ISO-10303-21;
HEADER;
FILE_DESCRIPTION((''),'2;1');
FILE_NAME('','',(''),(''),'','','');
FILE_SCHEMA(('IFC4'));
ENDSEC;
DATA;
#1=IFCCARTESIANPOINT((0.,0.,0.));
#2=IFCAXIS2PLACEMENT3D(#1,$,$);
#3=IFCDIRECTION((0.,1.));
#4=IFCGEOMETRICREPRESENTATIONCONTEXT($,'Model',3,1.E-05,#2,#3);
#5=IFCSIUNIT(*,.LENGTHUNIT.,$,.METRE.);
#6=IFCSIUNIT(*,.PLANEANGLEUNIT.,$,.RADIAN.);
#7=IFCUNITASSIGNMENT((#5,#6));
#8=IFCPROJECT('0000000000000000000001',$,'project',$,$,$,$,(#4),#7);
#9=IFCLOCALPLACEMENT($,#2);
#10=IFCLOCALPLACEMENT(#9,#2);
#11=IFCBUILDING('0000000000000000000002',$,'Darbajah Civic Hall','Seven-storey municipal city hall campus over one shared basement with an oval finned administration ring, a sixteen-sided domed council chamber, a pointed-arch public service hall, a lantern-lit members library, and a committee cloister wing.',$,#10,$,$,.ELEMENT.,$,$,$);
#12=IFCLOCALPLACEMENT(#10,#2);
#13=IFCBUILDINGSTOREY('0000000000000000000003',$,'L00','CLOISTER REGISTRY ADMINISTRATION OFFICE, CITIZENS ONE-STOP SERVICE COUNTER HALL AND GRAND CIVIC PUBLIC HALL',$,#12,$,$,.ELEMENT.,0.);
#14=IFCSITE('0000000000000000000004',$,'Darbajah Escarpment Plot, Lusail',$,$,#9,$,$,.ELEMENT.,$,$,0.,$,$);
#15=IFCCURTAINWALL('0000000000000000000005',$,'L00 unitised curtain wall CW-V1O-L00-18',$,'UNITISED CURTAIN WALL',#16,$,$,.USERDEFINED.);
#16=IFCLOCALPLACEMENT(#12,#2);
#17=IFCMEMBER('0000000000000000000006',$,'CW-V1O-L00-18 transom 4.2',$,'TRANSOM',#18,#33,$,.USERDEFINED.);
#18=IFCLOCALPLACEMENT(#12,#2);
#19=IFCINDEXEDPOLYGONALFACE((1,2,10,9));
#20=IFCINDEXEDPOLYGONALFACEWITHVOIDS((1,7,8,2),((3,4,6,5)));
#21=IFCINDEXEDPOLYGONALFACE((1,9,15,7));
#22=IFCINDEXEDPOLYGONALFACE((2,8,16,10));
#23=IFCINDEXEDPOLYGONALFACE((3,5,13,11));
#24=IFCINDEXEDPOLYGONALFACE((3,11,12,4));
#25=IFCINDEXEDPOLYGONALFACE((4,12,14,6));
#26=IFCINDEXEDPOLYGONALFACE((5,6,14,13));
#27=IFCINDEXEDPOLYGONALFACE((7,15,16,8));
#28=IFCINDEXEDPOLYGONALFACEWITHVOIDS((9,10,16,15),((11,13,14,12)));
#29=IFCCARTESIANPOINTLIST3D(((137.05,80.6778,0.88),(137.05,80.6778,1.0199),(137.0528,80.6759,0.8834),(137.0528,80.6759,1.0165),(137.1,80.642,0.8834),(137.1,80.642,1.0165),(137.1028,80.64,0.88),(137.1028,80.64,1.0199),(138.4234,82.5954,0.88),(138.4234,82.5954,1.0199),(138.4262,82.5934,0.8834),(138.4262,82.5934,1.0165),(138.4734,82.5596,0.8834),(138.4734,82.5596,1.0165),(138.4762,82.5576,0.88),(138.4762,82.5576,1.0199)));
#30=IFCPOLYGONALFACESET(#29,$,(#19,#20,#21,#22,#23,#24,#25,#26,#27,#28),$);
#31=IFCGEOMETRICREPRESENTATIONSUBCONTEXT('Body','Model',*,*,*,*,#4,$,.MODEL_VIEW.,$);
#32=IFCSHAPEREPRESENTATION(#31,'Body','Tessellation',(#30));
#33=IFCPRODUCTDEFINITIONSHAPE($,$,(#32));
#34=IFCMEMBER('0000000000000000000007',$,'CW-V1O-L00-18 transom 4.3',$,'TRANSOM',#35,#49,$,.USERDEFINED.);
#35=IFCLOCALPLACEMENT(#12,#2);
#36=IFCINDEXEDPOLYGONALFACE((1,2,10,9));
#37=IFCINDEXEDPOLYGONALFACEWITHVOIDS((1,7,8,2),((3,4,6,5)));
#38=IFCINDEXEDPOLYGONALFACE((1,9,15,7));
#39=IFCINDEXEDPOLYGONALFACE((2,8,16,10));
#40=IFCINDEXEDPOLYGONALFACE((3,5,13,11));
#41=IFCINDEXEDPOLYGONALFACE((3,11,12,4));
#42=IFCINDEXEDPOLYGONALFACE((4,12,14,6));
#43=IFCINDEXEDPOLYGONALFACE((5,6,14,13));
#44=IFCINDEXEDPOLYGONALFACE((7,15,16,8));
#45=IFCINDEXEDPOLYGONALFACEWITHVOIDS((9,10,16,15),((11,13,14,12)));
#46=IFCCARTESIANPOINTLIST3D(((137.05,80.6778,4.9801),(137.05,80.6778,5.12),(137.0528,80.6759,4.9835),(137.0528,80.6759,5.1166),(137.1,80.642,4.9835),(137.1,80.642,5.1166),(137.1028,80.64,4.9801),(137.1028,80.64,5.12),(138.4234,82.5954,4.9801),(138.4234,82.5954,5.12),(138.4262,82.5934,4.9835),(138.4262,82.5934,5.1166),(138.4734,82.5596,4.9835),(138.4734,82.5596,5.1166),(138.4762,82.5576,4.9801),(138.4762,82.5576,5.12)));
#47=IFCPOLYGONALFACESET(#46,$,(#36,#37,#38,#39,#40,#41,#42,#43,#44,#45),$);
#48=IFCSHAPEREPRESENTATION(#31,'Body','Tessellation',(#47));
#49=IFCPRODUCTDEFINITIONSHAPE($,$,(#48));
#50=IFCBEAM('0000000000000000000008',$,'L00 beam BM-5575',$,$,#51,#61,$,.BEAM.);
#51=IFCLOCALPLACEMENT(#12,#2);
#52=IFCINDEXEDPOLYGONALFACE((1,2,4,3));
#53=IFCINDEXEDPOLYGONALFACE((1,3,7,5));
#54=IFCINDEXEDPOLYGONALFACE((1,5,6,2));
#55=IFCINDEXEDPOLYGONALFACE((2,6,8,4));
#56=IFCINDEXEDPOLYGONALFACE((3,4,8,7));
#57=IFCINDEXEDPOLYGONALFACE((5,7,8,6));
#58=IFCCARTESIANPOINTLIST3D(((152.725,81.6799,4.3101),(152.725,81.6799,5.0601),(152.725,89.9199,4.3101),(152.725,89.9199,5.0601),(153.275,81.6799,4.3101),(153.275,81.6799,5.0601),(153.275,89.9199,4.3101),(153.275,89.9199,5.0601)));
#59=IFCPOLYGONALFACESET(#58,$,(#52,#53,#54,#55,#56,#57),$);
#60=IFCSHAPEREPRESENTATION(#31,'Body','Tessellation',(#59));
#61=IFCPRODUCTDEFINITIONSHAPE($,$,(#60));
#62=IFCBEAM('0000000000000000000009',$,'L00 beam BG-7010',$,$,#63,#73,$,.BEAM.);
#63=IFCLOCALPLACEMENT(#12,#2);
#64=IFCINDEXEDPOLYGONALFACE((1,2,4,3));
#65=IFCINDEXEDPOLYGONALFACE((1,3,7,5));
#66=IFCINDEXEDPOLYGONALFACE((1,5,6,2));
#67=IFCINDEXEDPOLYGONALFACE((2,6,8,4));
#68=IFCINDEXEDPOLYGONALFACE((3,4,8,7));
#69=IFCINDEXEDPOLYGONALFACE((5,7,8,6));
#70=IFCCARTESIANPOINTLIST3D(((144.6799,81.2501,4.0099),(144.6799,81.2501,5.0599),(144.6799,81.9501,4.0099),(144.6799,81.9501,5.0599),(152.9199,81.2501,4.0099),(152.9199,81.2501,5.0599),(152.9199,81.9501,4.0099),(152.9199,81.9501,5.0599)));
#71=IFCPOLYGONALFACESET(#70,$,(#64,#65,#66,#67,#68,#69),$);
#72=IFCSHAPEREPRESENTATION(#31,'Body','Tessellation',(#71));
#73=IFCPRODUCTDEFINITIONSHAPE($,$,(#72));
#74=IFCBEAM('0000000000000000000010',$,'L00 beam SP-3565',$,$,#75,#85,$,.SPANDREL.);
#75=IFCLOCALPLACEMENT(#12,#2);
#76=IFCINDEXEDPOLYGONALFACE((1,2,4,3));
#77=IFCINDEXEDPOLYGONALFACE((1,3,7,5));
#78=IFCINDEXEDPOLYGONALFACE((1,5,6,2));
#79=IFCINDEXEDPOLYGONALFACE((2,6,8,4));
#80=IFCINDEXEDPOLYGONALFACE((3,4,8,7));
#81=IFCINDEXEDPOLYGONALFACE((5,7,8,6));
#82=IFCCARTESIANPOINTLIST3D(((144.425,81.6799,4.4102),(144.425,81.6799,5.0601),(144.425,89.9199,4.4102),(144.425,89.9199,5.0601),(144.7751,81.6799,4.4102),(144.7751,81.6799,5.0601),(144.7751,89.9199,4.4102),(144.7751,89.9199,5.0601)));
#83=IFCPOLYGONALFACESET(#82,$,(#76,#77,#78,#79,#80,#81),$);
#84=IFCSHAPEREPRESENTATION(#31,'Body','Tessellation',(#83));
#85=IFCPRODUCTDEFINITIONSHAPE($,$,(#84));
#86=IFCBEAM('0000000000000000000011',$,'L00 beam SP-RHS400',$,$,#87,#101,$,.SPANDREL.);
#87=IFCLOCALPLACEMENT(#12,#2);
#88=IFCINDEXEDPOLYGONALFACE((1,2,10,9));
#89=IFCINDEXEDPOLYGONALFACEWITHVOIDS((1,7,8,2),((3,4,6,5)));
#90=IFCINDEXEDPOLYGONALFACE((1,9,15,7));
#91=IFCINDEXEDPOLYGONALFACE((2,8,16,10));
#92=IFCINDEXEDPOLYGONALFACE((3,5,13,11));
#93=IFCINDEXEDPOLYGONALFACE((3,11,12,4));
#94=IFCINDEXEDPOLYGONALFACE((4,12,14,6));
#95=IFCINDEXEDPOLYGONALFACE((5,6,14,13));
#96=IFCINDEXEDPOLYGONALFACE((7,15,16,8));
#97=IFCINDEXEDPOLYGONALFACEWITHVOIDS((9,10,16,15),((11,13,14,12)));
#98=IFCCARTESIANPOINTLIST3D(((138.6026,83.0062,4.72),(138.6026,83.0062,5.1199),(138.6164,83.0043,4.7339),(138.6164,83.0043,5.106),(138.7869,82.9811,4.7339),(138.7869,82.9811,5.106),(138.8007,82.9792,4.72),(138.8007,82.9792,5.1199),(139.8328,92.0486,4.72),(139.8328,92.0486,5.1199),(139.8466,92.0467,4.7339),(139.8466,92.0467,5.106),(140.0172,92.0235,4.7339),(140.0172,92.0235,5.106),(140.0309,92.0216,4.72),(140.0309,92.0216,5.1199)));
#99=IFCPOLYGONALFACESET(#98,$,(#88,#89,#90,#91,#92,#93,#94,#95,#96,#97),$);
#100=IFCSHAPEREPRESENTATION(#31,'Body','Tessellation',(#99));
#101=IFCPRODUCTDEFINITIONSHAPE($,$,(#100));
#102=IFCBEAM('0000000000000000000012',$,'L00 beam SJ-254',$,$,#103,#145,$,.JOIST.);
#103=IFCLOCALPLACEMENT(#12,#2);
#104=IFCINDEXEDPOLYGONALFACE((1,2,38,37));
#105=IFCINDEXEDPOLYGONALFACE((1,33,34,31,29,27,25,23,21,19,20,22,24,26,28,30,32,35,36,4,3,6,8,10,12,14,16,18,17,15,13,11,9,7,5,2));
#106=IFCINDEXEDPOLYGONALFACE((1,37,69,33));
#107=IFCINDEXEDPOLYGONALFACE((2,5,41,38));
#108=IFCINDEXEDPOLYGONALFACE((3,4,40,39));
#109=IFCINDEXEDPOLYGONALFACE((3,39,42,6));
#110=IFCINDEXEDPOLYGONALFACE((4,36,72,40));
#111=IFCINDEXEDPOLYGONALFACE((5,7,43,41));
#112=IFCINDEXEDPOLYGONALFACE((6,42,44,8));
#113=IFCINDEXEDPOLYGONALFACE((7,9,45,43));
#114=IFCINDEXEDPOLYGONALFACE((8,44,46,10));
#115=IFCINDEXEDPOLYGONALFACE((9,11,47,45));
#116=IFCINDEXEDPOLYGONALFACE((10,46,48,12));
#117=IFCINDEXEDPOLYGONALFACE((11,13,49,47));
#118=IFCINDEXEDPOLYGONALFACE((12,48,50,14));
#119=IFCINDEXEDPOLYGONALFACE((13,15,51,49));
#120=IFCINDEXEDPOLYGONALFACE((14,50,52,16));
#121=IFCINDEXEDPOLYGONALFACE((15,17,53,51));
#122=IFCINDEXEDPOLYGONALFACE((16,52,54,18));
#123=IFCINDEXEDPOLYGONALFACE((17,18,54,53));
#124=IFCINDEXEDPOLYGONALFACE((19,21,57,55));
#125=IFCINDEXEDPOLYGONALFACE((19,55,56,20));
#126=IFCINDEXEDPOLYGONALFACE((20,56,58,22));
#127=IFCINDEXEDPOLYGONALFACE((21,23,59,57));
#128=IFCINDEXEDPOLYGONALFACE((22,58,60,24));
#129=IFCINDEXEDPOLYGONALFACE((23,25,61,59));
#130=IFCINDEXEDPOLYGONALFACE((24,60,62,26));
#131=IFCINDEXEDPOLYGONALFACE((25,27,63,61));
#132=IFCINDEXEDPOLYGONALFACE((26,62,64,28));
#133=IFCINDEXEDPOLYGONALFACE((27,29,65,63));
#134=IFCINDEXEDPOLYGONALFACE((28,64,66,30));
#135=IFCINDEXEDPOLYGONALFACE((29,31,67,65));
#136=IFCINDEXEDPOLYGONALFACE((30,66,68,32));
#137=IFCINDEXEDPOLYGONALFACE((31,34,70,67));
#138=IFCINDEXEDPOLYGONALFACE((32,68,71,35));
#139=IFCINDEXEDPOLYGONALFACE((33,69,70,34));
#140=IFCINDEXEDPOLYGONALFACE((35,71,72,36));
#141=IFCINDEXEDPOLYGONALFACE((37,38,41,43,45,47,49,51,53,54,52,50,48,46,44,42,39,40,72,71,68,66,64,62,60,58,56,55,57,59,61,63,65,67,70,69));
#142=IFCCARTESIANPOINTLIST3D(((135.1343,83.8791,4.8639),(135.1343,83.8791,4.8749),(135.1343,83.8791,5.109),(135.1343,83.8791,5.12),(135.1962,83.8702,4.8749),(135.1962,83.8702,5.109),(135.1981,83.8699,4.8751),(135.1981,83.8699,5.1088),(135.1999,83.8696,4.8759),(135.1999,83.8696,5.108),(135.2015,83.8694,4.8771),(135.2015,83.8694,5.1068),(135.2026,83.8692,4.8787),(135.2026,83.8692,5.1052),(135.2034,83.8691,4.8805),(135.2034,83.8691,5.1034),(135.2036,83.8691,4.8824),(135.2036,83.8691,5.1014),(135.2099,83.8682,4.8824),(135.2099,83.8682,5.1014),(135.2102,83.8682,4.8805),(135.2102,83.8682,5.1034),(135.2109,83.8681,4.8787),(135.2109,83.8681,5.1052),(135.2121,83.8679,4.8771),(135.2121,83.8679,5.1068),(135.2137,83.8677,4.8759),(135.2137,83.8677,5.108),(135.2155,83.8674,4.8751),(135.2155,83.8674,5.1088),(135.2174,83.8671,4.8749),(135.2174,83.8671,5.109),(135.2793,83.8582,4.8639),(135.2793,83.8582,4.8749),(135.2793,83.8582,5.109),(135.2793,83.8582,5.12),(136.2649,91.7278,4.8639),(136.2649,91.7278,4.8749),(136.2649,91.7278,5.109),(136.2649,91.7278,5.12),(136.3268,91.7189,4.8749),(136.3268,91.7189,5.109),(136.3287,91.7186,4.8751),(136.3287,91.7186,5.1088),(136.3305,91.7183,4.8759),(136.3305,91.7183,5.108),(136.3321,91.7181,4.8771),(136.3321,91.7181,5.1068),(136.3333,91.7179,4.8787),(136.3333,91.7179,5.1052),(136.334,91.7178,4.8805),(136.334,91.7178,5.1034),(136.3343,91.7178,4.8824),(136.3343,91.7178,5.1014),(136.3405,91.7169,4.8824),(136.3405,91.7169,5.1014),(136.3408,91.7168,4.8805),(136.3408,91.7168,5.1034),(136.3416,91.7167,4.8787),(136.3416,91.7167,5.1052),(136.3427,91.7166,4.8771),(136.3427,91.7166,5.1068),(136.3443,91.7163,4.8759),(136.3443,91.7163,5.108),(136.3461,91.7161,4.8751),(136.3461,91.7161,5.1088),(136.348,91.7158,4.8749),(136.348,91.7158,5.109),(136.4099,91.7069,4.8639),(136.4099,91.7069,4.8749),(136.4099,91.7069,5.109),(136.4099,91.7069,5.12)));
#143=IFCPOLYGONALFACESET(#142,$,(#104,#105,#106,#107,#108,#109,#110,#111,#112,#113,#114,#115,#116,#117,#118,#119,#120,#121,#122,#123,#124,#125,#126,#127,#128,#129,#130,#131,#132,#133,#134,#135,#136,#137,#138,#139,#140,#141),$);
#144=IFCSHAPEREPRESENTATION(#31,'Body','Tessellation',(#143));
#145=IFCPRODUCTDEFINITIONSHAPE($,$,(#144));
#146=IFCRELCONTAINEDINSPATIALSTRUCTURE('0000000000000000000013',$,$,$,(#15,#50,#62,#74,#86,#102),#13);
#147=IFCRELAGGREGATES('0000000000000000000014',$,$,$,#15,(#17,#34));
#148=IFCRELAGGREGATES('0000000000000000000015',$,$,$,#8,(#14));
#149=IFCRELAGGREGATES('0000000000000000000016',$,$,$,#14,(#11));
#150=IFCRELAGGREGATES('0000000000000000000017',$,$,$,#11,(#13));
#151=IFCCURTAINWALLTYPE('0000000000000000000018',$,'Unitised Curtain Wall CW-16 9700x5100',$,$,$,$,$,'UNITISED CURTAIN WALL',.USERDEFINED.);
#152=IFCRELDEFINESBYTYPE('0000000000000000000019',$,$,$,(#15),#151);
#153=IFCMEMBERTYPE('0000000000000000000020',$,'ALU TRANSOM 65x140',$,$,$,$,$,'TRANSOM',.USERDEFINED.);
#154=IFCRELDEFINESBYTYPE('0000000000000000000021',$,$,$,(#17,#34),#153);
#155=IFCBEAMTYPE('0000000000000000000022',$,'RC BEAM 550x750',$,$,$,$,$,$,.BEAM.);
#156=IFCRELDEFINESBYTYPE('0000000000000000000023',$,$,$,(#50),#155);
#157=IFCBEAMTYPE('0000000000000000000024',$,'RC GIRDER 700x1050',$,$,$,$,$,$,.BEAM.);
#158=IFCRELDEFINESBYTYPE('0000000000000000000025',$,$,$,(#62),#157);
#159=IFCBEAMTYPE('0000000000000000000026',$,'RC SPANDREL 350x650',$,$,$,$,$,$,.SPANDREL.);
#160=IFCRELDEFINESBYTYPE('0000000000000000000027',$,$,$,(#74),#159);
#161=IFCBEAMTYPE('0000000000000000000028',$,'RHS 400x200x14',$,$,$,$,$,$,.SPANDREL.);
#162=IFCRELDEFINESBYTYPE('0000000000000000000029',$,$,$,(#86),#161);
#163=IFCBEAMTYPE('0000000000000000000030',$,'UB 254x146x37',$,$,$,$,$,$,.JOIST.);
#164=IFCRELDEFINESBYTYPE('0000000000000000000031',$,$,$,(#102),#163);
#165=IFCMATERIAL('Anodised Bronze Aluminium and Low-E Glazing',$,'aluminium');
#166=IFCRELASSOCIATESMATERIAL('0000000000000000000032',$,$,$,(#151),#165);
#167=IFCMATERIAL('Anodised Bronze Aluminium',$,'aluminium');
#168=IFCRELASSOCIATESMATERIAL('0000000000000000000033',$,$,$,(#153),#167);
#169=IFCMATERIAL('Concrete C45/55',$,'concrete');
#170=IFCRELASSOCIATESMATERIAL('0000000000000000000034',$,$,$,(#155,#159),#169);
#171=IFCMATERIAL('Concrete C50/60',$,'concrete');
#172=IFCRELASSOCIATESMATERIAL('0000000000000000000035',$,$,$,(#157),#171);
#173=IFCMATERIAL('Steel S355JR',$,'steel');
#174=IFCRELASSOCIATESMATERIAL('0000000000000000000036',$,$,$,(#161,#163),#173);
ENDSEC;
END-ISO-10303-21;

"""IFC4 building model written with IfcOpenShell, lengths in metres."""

from ifc_helpers import new_model, si_unit, direction, frame, origin, origin_2d, place, context, subcontext, project, spatial, rectangle, hollow_rectangle, i_section, extrude, material, material_profile, profile_set, type_object, element, aggregate, save


model = new_model("IFC4")

# Units and contexts
model_context = context("Model", 3, precision=1e-05, world=origin(), true_north=direction((0.0, 1.0)))
body_context = subcontext(model_context, "Body", "Model", "MODEL_VIEW")
ifc_project = project(units=[si_unit("LENGTHUNIT", "METRE"), si_unit("PLANEANGLEUNIT", "RADIAN")], contexts=[model_context])

# Site, building, storey
site_placement = place(None, origin())
site = spatial("IfcSite", under=ifc_project, at=site_placement, Name="Darbajah Escarpment Plot, Lusail", CompositionType="ELEMENT", RefElevation=0.0)
building_placement = place(site_placement, origin())
building = spatial("IfcBuilding", under=site, at=building_placement, Name="Darbajah Civic Hall", Description="Seven-storey municipal city hall campus over one shared basement with an oval finned administration ring, a sixteen-sided domed council chamber, a pointed-arch public service hall, a lantern-lit members library, and a committee cloister wing.", CompositionType="ELEMENT")
storey_placement = place(building_placement, origin())
storey = spatial("IfcBuildingStorey", under=building, at=storey_placement, Name="L00", Description="CLOISTER REGISTRY ADMINISTRATION OFFICE, CITIZENS ONE-STOP SERVICE COUNTER HALL AND GRAND CIVIC PUBLIC HALL", CompositionType="ELEMENT", Elevation=0.0)

# Shared definitions
ifc_material_1 = material(Name="Concrete C50/60", Category="concrete")

# Curtain wall
ifc_material_2 = material(Name="Anodised Bronze Aluminium and Low-E Glazing", Category="aluminium")
ifc_material_3 = material(Name="Anodised Bronze Aluminium", Category="aluminium")
curtain_wall_type_1 = type_object("IfcCurtainWallType", Name="Unitised Curtain Wall CW-16 9700x5100", ElementType="UNITISED CURTAIN WALL", PredefinedType="USERDEFINED", material=ifc_material_2)
curtain_wall_1_placement = place(storey_placement, origin())
curtain_wall_1 = element("IfcCurtainWall", 1, at=curtain_wall_1_placement, inside=storey, type_object=curtain_wall_type_1, Name="L00 unitised curtain wall CW-V1O-L00-18", ObjectType="UNITISED CURTAIN WALL", PredefinedType="USERDEFINED")

# Members
ifc_material_profile_1 = material_profile(ifc_material_3, hollow_rectangle(XDim=0.0649, YDim=0.1399, WallThickness=0.0034, at=origin_2d()), Name="ALU TRANSOM 65x140")
ifc_profile_set_1 = profile_set([ifc_material_profile_1], Name="Anodised Bronze Aluminium")
member_type_1 = type_object("IfcMemberType", Name="ALU TRANSOM 65x140", ElementType="TRANSOM", PredefinedType="USERDEFINED", material=ifc_profile_set_1)
member_1_placement = place(storey_placement, frame((137.0764, 80.6589, 0.95), z_axis=(0.582266, 0.812998, 0.0), x_axis=(-0.812998, 0.582266, 0.0)))
member_1 = element("IfcMember", 2, at=member_1_placement, type_object=member_type_1, Name="CW-V1O-L00-18 transom 4.2", ObjectType="TRANSOM", PredefinedType="USERDEFINED", context=body_context, shape_type="SweptSolid", body=[
    extrude(hollow_rectangle(XDim=0.0649, YDim=0.1399, WallThickness=0.0034, at=origin_2d()), origin(), (0.0, 0.0, 1.0), 2.3586),
])
member_2_placement = place(storey_placement, frame((137.0764, 80.6589, 5.05), z_axis=(0.582266, 0.812998, 0.0), x_axis=(-0.812998, 0.582266, 0.0)))
member_2 = element("IfcMember", 3, at=member_2_placement, type_object=member_type_1, Name="CW-V1O-L00-18 transom 4.3", ObjectType="TRANSOM", PredefinedType="USERDEFINED", context=body_context, shape_type="SweptSolid", body=[
    extrude(hollow_rectangle(XDim=0.0649, YDim=0.1399, WallThickness=0.0034, at=origin_2d()), origin(), (0.0, 0.0, 1.0), 2.3586),
])

# Beams
ifc_material_4 = material(Name="Concrete C45/55", Category="concrete")
ifc_material_profile_2 = material_profile(ifc_material_4, rectangle(XDim=0.55, YDim=0.75, at=origin_2d()), Name="RC BEAM 550x750")
ifc_profile_set_2 = profile_set([ifc_material_profile_2], Name="Concrete C45/55")
beam_type_1 = type_object("IfcBeamType", Name="RC BEAM 550x750", PredefinedType="BEAM", material=ifc_profile_set_2)
beam_1_placement = place(storey_placement, frame((153.0, 81.6799, 4.6851), z_axis=(0.0, 1.0, 0.0), x_axis=(-1.0, 0.0, 0.0)))
element("IfcBeam", 4, at=beam_1_placement, inside=storey, type_object=beam_type_1, Name="L00 beam BM-5575", PredefinedType="BEAM", context=body_context, shape_type="SweptSolid", body=[
    extrude(rectangle(XDim=0.55, YDim=0.75, at=origin_2d()), origin(), (0.0, 0.0, 1.0), 8.24),
])
ifc_material_profile_3 = material_profile(ifc_material_1, rectangle(XDim=0.7, YDim=1.05, at=origin_2d()), Name="RC GIRDER 700x1050")
ifc_profile_set_3 = profile_set([ifc_material_profile_3], Name="Concrete C50/60")
beam_type_2 = type_object("IfcBeamType", Name="RC GIRDER 700x1050", PredefinedType="BEAM", material=ifc_profile_set_3)
beam_2_placement = place(storey_placement, frame((144.6799, 81.6001, 4.5349), z_axis=(1.0, 0.0, 0.0), x_axis=(0.0, 1.0, 0.0)))
element("IfcBeam", 5, at=beam_2_placement, inside=storey, type_object=beam_type_2, Name="L00 beam BG-7010", PredefinedType="BEAM", context=body_context, shape_type="SweptSolid", body=[
    extrude(rectangle(XDim=0.7, YDim=1.05, at=origin_2d()), origin(), (0.0, 0.0, 1.0), 8.24),
])
ifc_material_profile_4 = material_profile(ifc_material_4, rectangle(XDim=0.3501, YDim=0.6499, at=origin_2d()), Name="RC SPANDREL 350x650")
ifc_profile_set_4 = profile_set([ifc_material_profile_4], Name="Concrete C45/55")
beam_type_3 = type_object("IfcBeamType", Name="RC SPANDREL 350x650", PredefinedType="SPANDREL", material=ifc_profile_set_4)
beam_3_placement = place(storey_placement, frame((144.6001, 81.6799, 4.7351), z_axis=(0.0, 1.0, 0.0), x_axis=(-1.0, 0.0, 0.0)))
element("IfcBeam", 6, at=beam_3_placement, inside=storey, type_object=beam_type_3, Name="L00 beam SP-3565", PredefinedType="SPANDREL", context=body_context, shape_type="SweptSolid", body=[
    extrude(rectangle(XDim=0.3501, YDim=0.6499, at=origin_2d()), origin(), (0.0, 0.0, 1.0), 8.24),
])
ifc_material_5 = material(Name="Steel S355JR", Category="steel")
ifc_material_profile_5 = material_profile(ifc_material_5, hollow_rectangle(XDim=0.2, YDim=0.3999, WallThickness=0.0139, at=origin_2d()), Name="RHS 400x200x14")
ifc_profile_set_5 = profile_set([ifc_material_profile_5], Name="Steel S355JR")
beam_type_4 = type_object("IfcBeamType", Name="RHS 400x200x14", PredefinedType="SPANDREL", material=ifc_profile_set_5)
beam_4_placement = place(storey_placement, frame((138.7017, 82.9927, 4.9199), z_axis=(0.134808, 0.990872, 0.0), x_axis=(-0.990872, 0.134808, 0.0)))
element("IfcBeam", 7, at=beam_4_placement, inside=storey, type_object=beam_type_4, Name="L00 beam SP-RHS400", PredefinedType="SPANDREL", context=body_context, shape_type="SweptSolid", body=[
    extrude(hollow_rectangle(XDim=0.2, YDim=0.3999, WallThickness=0.0139, at=origin_2d()), origin(), (0.0, 0.0, 1.0), 9.1257),
])
ifc_material_profile_6 = material_profile(ifc_material_5, i_section(OverallWidth=0.1465, OverallDepth=0.2561, WebThickness=0.0063, FlangeThickness=0.011, FilletRadius=0.0076, at=origin_2d()), Name="UB 254x146x37")
ifc_profile_set_6 = profile_set([ifc_material_profile_6], Name="Steel S355JR")
beam_type_5 = type_object("IfcBeamType", Name="UB 254x146x37", PredefinedType="JOIST", material=ifc_profile_set_6)
beam_5_placement = place(storey_placement, frame((135.2068, 83.8687, 4.9919), z_axis=(0.142581, 0.989783, 0.0), x_axis=(-0.989783, 0.142581, 0.0)))
element("IfcBeam", 8, at=beam_5_placement, inside=storey, type_object=beam_type_5, Name="L00 beam SJ-254", PredefinedType="JOIST", context=body_context, shape_type="SweptSolid", body=[
    extrude(i_section(OverallWidth=0.1465, OverallDepth=0.2561, WebThickness=0.0063, FlangeThickness=0.011, FilletRadius=0.0076, at=origin_2d()), origin(), (0.0, 0.0, 1.0), 7.9297),
])

aggregate(curtain_wall_1, [member_1, member_2])

save(model, "model.ifc")
